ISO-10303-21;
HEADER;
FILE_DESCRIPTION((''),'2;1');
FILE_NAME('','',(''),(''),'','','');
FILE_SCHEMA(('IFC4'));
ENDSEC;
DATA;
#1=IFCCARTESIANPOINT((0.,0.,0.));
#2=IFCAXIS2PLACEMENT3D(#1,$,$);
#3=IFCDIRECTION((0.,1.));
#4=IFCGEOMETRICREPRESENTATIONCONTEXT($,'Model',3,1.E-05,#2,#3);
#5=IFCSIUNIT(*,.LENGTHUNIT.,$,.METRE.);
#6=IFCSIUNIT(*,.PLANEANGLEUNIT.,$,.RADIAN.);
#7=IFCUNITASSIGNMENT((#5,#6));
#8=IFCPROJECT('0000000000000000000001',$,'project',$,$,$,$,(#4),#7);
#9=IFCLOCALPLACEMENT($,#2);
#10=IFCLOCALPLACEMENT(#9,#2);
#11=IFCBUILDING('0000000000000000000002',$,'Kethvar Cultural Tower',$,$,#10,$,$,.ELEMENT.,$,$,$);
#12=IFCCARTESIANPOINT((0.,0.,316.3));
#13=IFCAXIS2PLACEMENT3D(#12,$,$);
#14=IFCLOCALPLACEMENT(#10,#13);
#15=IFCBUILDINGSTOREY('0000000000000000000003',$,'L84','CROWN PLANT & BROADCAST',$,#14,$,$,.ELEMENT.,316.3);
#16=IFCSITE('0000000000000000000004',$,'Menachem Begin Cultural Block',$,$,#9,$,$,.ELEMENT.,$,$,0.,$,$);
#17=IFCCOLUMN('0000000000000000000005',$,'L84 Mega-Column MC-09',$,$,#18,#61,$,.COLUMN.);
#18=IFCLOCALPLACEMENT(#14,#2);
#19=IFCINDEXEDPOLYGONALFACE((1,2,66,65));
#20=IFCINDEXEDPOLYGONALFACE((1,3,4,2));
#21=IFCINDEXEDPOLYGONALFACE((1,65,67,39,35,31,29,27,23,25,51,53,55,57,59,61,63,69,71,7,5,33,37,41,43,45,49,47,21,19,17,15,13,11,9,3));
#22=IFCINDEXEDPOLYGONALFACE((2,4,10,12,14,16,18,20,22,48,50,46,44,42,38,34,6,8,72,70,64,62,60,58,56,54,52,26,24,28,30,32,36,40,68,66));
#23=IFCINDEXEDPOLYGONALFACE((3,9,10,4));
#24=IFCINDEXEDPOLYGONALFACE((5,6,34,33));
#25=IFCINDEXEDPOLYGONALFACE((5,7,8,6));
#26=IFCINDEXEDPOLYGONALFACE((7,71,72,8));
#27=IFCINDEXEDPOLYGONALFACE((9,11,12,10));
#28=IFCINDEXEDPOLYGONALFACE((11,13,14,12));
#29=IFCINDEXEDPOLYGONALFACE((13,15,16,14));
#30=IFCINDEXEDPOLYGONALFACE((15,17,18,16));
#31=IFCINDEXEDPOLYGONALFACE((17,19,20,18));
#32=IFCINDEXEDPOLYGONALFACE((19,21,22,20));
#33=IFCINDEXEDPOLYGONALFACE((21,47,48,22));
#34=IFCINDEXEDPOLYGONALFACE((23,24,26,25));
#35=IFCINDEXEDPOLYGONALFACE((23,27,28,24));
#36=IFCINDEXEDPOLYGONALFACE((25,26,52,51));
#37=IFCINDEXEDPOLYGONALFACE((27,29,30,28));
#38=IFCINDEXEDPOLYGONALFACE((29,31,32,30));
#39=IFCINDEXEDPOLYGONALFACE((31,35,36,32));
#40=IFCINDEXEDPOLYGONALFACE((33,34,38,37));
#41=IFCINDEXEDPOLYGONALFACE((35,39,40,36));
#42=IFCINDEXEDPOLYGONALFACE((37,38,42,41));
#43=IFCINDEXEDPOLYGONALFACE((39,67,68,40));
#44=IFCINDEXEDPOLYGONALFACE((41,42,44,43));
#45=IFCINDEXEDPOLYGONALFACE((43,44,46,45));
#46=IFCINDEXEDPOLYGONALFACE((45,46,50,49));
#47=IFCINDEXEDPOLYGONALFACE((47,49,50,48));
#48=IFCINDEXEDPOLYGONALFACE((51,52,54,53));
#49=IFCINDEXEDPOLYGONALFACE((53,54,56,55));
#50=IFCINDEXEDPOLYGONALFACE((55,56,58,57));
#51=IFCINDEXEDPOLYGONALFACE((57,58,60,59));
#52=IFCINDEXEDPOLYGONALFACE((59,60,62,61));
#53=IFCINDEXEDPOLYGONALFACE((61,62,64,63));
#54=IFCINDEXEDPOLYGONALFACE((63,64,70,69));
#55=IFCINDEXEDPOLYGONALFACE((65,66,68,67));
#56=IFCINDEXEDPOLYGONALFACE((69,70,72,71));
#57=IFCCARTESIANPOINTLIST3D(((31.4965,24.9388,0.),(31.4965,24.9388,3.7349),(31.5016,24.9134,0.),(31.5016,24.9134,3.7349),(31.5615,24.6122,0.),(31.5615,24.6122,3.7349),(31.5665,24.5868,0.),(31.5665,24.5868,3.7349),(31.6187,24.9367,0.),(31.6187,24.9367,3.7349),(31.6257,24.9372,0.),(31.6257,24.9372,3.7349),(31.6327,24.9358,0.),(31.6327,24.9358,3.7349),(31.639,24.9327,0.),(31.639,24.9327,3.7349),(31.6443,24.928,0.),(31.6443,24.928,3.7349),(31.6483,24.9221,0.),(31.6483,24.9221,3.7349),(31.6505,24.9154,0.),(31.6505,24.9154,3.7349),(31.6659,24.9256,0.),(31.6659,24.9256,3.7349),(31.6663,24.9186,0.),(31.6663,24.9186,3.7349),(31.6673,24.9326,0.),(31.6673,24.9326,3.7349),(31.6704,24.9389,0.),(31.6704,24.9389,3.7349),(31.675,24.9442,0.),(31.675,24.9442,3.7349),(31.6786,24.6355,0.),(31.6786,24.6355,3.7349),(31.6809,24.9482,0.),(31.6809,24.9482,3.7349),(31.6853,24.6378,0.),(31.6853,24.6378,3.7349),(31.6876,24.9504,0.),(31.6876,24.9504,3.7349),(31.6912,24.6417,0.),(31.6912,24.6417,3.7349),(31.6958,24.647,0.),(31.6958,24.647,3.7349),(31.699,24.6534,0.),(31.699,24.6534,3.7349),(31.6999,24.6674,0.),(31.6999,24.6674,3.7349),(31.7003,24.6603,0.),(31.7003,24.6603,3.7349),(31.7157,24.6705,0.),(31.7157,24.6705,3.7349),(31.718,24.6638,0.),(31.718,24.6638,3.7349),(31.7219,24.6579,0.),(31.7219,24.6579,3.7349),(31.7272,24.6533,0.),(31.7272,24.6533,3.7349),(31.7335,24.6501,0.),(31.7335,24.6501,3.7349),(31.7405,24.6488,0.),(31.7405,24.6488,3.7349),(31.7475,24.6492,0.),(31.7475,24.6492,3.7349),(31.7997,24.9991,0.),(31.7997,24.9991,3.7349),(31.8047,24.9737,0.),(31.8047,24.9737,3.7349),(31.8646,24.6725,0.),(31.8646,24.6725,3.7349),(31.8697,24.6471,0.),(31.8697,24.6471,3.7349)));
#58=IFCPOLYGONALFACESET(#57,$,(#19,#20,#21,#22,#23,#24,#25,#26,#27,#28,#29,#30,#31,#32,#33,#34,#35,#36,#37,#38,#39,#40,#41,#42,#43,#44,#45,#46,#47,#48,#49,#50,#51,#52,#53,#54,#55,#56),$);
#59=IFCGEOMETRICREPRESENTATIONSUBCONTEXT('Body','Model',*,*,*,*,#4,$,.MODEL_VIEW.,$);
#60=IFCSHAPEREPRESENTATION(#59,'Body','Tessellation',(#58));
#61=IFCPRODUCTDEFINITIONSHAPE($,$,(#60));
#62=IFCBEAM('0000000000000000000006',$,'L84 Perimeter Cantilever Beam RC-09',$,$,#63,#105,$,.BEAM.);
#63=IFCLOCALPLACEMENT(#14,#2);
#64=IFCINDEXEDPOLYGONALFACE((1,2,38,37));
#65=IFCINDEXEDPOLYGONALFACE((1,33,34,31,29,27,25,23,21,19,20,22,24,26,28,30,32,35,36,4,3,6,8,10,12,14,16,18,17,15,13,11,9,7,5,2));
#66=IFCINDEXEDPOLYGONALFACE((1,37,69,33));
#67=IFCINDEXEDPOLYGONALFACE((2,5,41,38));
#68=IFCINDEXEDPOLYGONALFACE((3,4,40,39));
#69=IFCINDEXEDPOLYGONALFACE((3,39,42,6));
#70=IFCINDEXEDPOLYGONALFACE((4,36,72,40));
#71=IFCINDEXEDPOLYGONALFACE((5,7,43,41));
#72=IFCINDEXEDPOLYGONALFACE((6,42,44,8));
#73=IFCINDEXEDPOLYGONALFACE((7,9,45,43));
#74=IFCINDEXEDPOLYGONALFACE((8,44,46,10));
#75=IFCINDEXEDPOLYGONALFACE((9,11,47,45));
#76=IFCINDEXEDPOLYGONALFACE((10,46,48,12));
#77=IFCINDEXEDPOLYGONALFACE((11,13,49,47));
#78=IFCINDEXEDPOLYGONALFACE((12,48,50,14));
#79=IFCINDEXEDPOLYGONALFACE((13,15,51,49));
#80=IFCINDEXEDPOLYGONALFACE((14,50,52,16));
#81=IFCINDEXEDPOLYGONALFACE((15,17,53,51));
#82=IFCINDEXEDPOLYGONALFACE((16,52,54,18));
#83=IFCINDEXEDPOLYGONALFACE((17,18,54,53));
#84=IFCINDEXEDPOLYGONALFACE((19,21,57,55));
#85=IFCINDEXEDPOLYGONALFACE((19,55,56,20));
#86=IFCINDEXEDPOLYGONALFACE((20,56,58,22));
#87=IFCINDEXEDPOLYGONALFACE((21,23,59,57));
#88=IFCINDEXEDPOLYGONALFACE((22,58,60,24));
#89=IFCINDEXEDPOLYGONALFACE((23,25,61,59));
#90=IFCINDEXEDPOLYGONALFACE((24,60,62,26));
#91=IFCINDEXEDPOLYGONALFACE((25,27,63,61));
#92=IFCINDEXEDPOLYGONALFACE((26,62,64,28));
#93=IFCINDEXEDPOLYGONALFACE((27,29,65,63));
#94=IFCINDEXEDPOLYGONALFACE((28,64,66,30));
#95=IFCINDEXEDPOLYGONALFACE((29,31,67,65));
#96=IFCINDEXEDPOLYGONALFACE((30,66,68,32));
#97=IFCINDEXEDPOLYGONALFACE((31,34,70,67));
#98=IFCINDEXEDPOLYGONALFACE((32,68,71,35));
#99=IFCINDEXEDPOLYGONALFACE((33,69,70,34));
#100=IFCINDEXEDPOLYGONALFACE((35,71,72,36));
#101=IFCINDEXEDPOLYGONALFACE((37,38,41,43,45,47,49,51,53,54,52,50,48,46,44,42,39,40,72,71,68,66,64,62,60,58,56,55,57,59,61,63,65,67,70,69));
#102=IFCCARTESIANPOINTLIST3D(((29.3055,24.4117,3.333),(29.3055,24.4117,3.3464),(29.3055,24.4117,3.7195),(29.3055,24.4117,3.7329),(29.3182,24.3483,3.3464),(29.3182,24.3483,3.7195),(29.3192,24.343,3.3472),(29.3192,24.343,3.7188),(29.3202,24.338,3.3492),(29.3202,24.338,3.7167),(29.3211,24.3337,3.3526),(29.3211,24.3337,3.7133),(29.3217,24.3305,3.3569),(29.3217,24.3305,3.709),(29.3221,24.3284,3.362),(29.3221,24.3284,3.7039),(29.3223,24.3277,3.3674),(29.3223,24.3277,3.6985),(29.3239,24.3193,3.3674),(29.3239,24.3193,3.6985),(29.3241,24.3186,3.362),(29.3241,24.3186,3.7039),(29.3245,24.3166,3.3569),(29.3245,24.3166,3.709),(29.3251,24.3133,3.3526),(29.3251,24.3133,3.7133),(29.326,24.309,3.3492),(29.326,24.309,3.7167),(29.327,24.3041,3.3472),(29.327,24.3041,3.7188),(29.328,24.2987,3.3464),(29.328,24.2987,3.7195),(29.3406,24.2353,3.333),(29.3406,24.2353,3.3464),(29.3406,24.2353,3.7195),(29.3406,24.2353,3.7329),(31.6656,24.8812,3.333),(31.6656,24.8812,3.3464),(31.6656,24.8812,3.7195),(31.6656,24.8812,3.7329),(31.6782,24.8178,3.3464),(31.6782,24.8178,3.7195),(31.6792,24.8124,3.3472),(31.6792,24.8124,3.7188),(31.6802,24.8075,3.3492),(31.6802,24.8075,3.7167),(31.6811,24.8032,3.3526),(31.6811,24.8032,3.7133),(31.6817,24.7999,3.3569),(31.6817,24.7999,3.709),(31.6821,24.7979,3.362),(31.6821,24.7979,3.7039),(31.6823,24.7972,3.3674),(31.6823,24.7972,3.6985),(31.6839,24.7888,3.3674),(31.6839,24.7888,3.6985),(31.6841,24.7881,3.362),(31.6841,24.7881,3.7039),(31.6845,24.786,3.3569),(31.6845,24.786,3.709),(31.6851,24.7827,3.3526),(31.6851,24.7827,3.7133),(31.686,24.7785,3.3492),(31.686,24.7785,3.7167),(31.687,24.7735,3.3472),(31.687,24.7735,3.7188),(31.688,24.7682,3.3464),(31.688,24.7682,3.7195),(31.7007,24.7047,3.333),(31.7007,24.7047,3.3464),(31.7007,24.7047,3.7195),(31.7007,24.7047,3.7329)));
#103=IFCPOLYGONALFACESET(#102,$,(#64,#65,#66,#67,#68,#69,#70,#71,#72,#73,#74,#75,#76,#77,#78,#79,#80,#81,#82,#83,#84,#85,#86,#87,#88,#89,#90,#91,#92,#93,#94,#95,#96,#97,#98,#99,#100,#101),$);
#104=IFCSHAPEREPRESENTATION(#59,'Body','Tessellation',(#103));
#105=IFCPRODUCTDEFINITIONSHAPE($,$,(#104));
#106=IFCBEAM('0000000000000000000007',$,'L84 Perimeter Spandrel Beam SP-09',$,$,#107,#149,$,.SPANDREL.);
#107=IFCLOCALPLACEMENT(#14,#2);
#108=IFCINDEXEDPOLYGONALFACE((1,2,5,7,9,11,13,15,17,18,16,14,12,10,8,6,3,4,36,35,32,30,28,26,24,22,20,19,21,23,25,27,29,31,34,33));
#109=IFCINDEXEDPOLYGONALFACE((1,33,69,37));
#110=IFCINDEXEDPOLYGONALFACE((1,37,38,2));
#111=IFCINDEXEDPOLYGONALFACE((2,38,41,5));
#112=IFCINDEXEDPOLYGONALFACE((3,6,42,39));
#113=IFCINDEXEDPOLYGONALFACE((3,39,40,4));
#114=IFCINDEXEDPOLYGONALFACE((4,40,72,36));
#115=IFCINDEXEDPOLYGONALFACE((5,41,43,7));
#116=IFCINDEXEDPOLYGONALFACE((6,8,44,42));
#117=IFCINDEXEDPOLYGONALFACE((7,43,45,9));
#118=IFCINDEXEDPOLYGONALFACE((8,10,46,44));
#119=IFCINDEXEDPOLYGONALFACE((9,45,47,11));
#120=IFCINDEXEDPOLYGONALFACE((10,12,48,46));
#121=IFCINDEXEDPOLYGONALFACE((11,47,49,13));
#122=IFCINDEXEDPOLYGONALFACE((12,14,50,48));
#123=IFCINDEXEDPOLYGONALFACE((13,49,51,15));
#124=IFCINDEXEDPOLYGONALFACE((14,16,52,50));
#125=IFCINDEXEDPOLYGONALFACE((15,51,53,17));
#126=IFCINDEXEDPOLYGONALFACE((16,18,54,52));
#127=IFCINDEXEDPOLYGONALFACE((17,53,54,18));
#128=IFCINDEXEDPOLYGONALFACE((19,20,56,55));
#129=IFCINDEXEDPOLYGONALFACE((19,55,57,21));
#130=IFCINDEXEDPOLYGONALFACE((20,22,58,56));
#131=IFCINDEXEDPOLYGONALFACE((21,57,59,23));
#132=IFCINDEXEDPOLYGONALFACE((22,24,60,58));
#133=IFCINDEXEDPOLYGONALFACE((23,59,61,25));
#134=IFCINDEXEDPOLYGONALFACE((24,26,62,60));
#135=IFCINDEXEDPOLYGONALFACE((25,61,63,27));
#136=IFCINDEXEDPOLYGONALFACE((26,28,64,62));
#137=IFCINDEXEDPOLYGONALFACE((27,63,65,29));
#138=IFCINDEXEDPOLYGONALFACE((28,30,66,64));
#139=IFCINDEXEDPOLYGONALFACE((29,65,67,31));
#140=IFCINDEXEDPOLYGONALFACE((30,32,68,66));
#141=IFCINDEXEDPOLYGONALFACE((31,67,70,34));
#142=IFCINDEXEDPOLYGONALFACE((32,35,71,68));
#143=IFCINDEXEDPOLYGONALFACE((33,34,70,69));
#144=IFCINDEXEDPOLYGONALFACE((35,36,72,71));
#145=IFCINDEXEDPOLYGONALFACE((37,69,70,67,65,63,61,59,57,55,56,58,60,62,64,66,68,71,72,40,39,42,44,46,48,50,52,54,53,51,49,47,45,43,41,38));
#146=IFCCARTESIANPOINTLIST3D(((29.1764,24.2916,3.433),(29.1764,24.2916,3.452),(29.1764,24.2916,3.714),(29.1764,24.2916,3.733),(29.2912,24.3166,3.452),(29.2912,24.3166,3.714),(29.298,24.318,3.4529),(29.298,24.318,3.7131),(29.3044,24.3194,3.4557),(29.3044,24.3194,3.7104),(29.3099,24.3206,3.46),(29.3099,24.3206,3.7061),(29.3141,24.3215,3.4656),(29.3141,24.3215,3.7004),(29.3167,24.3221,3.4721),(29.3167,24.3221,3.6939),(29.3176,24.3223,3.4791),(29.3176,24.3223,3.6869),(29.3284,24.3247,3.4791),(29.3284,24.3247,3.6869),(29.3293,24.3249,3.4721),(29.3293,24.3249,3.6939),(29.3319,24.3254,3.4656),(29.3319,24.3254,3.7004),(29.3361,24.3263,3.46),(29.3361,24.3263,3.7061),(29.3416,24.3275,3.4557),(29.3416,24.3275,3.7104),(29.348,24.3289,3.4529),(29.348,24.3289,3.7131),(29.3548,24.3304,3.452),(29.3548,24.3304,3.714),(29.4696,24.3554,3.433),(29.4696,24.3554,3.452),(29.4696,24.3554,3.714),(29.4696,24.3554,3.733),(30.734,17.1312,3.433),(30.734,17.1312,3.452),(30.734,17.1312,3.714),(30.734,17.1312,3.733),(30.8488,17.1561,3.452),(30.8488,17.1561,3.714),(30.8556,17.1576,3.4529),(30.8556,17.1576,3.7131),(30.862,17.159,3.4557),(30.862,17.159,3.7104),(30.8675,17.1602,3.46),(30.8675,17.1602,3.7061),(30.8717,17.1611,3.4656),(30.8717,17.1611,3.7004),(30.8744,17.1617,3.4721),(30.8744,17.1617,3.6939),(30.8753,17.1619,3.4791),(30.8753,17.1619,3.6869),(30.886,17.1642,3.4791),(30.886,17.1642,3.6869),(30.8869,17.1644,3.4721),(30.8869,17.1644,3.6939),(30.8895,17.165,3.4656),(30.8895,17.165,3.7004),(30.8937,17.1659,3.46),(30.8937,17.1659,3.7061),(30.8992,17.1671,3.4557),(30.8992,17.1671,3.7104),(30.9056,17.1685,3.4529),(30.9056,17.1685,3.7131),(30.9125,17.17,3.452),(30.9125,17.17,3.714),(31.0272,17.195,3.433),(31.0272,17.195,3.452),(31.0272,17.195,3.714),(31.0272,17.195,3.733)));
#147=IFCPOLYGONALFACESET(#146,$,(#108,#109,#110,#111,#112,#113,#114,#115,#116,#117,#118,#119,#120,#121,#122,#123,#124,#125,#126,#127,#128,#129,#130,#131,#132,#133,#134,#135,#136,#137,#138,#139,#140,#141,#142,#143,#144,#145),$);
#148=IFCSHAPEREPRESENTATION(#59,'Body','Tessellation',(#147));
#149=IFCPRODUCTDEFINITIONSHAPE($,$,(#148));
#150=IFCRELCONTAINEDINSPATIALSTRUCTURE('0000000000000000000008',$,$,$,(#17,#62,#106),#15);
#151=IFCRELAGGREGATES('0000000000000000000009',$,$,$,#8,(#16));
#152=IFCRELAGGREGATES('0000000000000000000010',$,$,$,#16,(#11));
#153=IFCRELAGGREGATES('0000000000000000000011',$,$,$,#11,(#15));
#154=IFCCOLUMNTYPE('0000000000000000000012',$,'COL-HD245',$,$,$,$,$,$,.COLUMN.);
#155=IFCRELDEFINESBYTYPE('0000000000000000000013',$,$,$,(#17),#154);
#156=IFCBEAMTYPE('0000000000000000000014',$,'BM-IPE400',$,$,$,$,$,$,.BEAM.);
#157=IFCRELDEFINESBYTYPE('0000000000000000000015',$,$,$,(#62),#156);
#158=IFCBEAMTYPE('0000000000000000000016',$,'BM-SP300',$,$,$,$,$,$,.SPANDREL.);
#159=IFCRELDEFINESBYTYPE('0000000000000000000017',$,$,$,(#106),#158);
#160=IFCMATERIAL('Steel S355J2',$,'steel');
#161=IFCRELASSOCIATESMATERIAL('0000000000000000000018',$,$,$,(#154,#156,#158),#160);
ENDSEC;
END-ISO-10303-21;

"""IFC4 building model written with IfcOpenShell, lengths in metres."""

from ifc_helpers import new_model, si_unit, direction, frame, origin, origin_2d, place, context, subcontext, project, spatial, i_section, extrude, source, transform, mapped, material, material_profile, profile_set, type_object, element, save


model = new_model("IFC4")

# Units and contexts
model_context = context("Model", 3, precision=1e-05, world=origin(), true_north=direction((0.0, 1.0)))
body_context = subcontext(model_context, "Body", "Model", "MODEL_VIEW")
ifc_project = project(units=[si_unit("LENGTHUNIT", "METRE"), si_unit("PLANEANGLEUNIT", "RADIAN")], contexts=[model_context])

# Site, building, storey
site_placement = place(None, origin())
site = spatial("IfcSite", under=ifc_project, at=site_placement, Name="Menachem Begin Cultural Block", CompositionType="ELEMENT", RefElevation=0.0)
building_placement = place(site_placement, origin())
building = spatial("IfcBuilding", under=site, at=building_placement, Name="Kethvar Cultural Tower", CompositionType="ELEMENT")
storey_placement = place(building_placement, frame((0.0, 0.0, 316.3)))
storey = spatial("IfcBuildingStorey", under=building, at=storey_placement, Name="L84", Description="CROWN PLANT & BROADCAST", CompositionType="ELEMENT", Elevation=316.3)

# Column
ifc_material_1 = material(Name="Steel S355J2", Category="steel")
ifc_material_profile_1 = material_profile(ifc_material_1, i_section(OverallWidth=0.3091, OverallDepth=0.3589, WebThickness=0.0161, FlangeThickness=0.0259, FilletRadius=0.0271, at=origin_2d()), Name="Steel S355J2 — HD320x245")
ifc_profile_set_1 = profile_set([ifc_material_profile_1], Name="Steel S355J2 — HD320x245")
column_type = type_object("IfcColumnType", Name="COL-HD245", PredefinedType="COLUMN", material=ifc_profile_set_1)
shared_shape_1 = source(origin(), body_context, "Body", "SweptSolid", [
    extrude(i_section(OverallWidth=0.3091, OverallDepth=0.3589, WebThickness=0.0161, FlangeThickness=0.0259, FilletRadius=0.0271, at=origin_2d()), origin(), (0.0, 0.0, 1.0), 3.7349),
])
column_placement = place(storey_placement, frame((31.6831, 24.793, 0.0), z_axis=(0.0, 0.0, 1.0), x_axis=(-0.980785, -0.19509, 0.0)))
element("IfcColumn", 1, at=column_placement, inside=storey, type_object=column_type, Name="L84 Mega-Column MC-09", PredefinedType="COLUMN", context=body_context, shape_type="MappedRepresentation", body=[
    mapped(shared_shape_1, transform((0.0, 0.0, 0.0), scale=1.0)),
])

# Beams
ifc_material_profile_2 = material_profile(ifc_material_1, i_section(OverallWidth=0.1799, OverallDepth=0.3999, WebThickness=0.0085, FlangeThickness=0.0134, FilletRadius=0.021, at=origin_2d()), Name="Steel S355J2 — IPE400")
ifc_profile_set_2 = profile_set([ifc_material_profile_2], Name="Steel S355J2 — IPE400")
beam_type_1 = type_object("IfcBeamType", Name="BM-IPE400", PredefinedType="BEAM", material=ifc_profile_set_2)
shared_shape_2 = source(origin(), body_context, "Body", "SweptSolid", [
    extrude(i_section(OverallWidth=0.1799, OverallDepth=0.3999, WebThickness=0.0085, FlangeThickness=0.0134, FilletRadius=0.021, at=origin_2d()), origin(), (0.0, 0.0, 1.0), 2.4062),
])
beam_1_placement = place(storey_placement, frame((31.6831, 24.793, 3.533), z_axis=(-0.980783, -0.195101, 0.0), x_axis=(0.195101, -0.980783, 0.0)))
element("IfcBeam", 2, at=beam_1_placement, inside=storey, type_object=beam_type_1, Name="L84 Perimeter Cantilever Beam RC-09", PredefinedType="BEAM", context=body_context, shape_type="MappedRepresentation", body=[
    mapped(shared_shape_2, transform((0.0, 0.0, 0.0), scale=1.0)),
])
ifc_material_profile_3 = material_profile(ifc_material_1, i_section(OverallWidth=0.3, OverallDepth=0.3, WebThickness=0.011, FlangeThickness=0.019, FilletRadius=0.0271, at=origin_2d()), Name="Steel S355J2 — HEB300")
ifc_profile_set_3 = profile_set([ifc_material_profile_3], Name="Steel S355J2 — HEB300")
beam_type_2 = type_object("IfcBeamType", Name="BM-SP300", PredefinedType="SPANDREL", material=ifc_profile_set_3)
shared_shape_3 = source(origin(), body_context, "Body", "SweptSolid", [
    extrude(i_section(OverallWidth=0.3, OverallDepth=0.3, WebThickness=0.011, FlangeThickness=0.019, FilletRadius=0.0271, at=origin_2d()), origin(), (0.0, 0.0, 1.0), 7.3279),
])
beam_2_placement = place(storey_placement, frame((29.323, 24.3235, 3.583), z_axis=(0.212561, -0.977148, 0.0), x_axis=(0.977148, 0.212561, 0.0)))
element("IfcBeam", 3, at=beam_2_placement, inside=storey, type_object=beam_type_2, Name="L84 Perimeter Spandrel Beam SP-09", PredefinedType="SPANDREL", context=body_context, shape_type="MappedRepresentation", body=[
    mapped(shared_shape_3, transform((0.0, 0.0, 0.0), scale=1.0)),
])

save(model, "model.ifc")
